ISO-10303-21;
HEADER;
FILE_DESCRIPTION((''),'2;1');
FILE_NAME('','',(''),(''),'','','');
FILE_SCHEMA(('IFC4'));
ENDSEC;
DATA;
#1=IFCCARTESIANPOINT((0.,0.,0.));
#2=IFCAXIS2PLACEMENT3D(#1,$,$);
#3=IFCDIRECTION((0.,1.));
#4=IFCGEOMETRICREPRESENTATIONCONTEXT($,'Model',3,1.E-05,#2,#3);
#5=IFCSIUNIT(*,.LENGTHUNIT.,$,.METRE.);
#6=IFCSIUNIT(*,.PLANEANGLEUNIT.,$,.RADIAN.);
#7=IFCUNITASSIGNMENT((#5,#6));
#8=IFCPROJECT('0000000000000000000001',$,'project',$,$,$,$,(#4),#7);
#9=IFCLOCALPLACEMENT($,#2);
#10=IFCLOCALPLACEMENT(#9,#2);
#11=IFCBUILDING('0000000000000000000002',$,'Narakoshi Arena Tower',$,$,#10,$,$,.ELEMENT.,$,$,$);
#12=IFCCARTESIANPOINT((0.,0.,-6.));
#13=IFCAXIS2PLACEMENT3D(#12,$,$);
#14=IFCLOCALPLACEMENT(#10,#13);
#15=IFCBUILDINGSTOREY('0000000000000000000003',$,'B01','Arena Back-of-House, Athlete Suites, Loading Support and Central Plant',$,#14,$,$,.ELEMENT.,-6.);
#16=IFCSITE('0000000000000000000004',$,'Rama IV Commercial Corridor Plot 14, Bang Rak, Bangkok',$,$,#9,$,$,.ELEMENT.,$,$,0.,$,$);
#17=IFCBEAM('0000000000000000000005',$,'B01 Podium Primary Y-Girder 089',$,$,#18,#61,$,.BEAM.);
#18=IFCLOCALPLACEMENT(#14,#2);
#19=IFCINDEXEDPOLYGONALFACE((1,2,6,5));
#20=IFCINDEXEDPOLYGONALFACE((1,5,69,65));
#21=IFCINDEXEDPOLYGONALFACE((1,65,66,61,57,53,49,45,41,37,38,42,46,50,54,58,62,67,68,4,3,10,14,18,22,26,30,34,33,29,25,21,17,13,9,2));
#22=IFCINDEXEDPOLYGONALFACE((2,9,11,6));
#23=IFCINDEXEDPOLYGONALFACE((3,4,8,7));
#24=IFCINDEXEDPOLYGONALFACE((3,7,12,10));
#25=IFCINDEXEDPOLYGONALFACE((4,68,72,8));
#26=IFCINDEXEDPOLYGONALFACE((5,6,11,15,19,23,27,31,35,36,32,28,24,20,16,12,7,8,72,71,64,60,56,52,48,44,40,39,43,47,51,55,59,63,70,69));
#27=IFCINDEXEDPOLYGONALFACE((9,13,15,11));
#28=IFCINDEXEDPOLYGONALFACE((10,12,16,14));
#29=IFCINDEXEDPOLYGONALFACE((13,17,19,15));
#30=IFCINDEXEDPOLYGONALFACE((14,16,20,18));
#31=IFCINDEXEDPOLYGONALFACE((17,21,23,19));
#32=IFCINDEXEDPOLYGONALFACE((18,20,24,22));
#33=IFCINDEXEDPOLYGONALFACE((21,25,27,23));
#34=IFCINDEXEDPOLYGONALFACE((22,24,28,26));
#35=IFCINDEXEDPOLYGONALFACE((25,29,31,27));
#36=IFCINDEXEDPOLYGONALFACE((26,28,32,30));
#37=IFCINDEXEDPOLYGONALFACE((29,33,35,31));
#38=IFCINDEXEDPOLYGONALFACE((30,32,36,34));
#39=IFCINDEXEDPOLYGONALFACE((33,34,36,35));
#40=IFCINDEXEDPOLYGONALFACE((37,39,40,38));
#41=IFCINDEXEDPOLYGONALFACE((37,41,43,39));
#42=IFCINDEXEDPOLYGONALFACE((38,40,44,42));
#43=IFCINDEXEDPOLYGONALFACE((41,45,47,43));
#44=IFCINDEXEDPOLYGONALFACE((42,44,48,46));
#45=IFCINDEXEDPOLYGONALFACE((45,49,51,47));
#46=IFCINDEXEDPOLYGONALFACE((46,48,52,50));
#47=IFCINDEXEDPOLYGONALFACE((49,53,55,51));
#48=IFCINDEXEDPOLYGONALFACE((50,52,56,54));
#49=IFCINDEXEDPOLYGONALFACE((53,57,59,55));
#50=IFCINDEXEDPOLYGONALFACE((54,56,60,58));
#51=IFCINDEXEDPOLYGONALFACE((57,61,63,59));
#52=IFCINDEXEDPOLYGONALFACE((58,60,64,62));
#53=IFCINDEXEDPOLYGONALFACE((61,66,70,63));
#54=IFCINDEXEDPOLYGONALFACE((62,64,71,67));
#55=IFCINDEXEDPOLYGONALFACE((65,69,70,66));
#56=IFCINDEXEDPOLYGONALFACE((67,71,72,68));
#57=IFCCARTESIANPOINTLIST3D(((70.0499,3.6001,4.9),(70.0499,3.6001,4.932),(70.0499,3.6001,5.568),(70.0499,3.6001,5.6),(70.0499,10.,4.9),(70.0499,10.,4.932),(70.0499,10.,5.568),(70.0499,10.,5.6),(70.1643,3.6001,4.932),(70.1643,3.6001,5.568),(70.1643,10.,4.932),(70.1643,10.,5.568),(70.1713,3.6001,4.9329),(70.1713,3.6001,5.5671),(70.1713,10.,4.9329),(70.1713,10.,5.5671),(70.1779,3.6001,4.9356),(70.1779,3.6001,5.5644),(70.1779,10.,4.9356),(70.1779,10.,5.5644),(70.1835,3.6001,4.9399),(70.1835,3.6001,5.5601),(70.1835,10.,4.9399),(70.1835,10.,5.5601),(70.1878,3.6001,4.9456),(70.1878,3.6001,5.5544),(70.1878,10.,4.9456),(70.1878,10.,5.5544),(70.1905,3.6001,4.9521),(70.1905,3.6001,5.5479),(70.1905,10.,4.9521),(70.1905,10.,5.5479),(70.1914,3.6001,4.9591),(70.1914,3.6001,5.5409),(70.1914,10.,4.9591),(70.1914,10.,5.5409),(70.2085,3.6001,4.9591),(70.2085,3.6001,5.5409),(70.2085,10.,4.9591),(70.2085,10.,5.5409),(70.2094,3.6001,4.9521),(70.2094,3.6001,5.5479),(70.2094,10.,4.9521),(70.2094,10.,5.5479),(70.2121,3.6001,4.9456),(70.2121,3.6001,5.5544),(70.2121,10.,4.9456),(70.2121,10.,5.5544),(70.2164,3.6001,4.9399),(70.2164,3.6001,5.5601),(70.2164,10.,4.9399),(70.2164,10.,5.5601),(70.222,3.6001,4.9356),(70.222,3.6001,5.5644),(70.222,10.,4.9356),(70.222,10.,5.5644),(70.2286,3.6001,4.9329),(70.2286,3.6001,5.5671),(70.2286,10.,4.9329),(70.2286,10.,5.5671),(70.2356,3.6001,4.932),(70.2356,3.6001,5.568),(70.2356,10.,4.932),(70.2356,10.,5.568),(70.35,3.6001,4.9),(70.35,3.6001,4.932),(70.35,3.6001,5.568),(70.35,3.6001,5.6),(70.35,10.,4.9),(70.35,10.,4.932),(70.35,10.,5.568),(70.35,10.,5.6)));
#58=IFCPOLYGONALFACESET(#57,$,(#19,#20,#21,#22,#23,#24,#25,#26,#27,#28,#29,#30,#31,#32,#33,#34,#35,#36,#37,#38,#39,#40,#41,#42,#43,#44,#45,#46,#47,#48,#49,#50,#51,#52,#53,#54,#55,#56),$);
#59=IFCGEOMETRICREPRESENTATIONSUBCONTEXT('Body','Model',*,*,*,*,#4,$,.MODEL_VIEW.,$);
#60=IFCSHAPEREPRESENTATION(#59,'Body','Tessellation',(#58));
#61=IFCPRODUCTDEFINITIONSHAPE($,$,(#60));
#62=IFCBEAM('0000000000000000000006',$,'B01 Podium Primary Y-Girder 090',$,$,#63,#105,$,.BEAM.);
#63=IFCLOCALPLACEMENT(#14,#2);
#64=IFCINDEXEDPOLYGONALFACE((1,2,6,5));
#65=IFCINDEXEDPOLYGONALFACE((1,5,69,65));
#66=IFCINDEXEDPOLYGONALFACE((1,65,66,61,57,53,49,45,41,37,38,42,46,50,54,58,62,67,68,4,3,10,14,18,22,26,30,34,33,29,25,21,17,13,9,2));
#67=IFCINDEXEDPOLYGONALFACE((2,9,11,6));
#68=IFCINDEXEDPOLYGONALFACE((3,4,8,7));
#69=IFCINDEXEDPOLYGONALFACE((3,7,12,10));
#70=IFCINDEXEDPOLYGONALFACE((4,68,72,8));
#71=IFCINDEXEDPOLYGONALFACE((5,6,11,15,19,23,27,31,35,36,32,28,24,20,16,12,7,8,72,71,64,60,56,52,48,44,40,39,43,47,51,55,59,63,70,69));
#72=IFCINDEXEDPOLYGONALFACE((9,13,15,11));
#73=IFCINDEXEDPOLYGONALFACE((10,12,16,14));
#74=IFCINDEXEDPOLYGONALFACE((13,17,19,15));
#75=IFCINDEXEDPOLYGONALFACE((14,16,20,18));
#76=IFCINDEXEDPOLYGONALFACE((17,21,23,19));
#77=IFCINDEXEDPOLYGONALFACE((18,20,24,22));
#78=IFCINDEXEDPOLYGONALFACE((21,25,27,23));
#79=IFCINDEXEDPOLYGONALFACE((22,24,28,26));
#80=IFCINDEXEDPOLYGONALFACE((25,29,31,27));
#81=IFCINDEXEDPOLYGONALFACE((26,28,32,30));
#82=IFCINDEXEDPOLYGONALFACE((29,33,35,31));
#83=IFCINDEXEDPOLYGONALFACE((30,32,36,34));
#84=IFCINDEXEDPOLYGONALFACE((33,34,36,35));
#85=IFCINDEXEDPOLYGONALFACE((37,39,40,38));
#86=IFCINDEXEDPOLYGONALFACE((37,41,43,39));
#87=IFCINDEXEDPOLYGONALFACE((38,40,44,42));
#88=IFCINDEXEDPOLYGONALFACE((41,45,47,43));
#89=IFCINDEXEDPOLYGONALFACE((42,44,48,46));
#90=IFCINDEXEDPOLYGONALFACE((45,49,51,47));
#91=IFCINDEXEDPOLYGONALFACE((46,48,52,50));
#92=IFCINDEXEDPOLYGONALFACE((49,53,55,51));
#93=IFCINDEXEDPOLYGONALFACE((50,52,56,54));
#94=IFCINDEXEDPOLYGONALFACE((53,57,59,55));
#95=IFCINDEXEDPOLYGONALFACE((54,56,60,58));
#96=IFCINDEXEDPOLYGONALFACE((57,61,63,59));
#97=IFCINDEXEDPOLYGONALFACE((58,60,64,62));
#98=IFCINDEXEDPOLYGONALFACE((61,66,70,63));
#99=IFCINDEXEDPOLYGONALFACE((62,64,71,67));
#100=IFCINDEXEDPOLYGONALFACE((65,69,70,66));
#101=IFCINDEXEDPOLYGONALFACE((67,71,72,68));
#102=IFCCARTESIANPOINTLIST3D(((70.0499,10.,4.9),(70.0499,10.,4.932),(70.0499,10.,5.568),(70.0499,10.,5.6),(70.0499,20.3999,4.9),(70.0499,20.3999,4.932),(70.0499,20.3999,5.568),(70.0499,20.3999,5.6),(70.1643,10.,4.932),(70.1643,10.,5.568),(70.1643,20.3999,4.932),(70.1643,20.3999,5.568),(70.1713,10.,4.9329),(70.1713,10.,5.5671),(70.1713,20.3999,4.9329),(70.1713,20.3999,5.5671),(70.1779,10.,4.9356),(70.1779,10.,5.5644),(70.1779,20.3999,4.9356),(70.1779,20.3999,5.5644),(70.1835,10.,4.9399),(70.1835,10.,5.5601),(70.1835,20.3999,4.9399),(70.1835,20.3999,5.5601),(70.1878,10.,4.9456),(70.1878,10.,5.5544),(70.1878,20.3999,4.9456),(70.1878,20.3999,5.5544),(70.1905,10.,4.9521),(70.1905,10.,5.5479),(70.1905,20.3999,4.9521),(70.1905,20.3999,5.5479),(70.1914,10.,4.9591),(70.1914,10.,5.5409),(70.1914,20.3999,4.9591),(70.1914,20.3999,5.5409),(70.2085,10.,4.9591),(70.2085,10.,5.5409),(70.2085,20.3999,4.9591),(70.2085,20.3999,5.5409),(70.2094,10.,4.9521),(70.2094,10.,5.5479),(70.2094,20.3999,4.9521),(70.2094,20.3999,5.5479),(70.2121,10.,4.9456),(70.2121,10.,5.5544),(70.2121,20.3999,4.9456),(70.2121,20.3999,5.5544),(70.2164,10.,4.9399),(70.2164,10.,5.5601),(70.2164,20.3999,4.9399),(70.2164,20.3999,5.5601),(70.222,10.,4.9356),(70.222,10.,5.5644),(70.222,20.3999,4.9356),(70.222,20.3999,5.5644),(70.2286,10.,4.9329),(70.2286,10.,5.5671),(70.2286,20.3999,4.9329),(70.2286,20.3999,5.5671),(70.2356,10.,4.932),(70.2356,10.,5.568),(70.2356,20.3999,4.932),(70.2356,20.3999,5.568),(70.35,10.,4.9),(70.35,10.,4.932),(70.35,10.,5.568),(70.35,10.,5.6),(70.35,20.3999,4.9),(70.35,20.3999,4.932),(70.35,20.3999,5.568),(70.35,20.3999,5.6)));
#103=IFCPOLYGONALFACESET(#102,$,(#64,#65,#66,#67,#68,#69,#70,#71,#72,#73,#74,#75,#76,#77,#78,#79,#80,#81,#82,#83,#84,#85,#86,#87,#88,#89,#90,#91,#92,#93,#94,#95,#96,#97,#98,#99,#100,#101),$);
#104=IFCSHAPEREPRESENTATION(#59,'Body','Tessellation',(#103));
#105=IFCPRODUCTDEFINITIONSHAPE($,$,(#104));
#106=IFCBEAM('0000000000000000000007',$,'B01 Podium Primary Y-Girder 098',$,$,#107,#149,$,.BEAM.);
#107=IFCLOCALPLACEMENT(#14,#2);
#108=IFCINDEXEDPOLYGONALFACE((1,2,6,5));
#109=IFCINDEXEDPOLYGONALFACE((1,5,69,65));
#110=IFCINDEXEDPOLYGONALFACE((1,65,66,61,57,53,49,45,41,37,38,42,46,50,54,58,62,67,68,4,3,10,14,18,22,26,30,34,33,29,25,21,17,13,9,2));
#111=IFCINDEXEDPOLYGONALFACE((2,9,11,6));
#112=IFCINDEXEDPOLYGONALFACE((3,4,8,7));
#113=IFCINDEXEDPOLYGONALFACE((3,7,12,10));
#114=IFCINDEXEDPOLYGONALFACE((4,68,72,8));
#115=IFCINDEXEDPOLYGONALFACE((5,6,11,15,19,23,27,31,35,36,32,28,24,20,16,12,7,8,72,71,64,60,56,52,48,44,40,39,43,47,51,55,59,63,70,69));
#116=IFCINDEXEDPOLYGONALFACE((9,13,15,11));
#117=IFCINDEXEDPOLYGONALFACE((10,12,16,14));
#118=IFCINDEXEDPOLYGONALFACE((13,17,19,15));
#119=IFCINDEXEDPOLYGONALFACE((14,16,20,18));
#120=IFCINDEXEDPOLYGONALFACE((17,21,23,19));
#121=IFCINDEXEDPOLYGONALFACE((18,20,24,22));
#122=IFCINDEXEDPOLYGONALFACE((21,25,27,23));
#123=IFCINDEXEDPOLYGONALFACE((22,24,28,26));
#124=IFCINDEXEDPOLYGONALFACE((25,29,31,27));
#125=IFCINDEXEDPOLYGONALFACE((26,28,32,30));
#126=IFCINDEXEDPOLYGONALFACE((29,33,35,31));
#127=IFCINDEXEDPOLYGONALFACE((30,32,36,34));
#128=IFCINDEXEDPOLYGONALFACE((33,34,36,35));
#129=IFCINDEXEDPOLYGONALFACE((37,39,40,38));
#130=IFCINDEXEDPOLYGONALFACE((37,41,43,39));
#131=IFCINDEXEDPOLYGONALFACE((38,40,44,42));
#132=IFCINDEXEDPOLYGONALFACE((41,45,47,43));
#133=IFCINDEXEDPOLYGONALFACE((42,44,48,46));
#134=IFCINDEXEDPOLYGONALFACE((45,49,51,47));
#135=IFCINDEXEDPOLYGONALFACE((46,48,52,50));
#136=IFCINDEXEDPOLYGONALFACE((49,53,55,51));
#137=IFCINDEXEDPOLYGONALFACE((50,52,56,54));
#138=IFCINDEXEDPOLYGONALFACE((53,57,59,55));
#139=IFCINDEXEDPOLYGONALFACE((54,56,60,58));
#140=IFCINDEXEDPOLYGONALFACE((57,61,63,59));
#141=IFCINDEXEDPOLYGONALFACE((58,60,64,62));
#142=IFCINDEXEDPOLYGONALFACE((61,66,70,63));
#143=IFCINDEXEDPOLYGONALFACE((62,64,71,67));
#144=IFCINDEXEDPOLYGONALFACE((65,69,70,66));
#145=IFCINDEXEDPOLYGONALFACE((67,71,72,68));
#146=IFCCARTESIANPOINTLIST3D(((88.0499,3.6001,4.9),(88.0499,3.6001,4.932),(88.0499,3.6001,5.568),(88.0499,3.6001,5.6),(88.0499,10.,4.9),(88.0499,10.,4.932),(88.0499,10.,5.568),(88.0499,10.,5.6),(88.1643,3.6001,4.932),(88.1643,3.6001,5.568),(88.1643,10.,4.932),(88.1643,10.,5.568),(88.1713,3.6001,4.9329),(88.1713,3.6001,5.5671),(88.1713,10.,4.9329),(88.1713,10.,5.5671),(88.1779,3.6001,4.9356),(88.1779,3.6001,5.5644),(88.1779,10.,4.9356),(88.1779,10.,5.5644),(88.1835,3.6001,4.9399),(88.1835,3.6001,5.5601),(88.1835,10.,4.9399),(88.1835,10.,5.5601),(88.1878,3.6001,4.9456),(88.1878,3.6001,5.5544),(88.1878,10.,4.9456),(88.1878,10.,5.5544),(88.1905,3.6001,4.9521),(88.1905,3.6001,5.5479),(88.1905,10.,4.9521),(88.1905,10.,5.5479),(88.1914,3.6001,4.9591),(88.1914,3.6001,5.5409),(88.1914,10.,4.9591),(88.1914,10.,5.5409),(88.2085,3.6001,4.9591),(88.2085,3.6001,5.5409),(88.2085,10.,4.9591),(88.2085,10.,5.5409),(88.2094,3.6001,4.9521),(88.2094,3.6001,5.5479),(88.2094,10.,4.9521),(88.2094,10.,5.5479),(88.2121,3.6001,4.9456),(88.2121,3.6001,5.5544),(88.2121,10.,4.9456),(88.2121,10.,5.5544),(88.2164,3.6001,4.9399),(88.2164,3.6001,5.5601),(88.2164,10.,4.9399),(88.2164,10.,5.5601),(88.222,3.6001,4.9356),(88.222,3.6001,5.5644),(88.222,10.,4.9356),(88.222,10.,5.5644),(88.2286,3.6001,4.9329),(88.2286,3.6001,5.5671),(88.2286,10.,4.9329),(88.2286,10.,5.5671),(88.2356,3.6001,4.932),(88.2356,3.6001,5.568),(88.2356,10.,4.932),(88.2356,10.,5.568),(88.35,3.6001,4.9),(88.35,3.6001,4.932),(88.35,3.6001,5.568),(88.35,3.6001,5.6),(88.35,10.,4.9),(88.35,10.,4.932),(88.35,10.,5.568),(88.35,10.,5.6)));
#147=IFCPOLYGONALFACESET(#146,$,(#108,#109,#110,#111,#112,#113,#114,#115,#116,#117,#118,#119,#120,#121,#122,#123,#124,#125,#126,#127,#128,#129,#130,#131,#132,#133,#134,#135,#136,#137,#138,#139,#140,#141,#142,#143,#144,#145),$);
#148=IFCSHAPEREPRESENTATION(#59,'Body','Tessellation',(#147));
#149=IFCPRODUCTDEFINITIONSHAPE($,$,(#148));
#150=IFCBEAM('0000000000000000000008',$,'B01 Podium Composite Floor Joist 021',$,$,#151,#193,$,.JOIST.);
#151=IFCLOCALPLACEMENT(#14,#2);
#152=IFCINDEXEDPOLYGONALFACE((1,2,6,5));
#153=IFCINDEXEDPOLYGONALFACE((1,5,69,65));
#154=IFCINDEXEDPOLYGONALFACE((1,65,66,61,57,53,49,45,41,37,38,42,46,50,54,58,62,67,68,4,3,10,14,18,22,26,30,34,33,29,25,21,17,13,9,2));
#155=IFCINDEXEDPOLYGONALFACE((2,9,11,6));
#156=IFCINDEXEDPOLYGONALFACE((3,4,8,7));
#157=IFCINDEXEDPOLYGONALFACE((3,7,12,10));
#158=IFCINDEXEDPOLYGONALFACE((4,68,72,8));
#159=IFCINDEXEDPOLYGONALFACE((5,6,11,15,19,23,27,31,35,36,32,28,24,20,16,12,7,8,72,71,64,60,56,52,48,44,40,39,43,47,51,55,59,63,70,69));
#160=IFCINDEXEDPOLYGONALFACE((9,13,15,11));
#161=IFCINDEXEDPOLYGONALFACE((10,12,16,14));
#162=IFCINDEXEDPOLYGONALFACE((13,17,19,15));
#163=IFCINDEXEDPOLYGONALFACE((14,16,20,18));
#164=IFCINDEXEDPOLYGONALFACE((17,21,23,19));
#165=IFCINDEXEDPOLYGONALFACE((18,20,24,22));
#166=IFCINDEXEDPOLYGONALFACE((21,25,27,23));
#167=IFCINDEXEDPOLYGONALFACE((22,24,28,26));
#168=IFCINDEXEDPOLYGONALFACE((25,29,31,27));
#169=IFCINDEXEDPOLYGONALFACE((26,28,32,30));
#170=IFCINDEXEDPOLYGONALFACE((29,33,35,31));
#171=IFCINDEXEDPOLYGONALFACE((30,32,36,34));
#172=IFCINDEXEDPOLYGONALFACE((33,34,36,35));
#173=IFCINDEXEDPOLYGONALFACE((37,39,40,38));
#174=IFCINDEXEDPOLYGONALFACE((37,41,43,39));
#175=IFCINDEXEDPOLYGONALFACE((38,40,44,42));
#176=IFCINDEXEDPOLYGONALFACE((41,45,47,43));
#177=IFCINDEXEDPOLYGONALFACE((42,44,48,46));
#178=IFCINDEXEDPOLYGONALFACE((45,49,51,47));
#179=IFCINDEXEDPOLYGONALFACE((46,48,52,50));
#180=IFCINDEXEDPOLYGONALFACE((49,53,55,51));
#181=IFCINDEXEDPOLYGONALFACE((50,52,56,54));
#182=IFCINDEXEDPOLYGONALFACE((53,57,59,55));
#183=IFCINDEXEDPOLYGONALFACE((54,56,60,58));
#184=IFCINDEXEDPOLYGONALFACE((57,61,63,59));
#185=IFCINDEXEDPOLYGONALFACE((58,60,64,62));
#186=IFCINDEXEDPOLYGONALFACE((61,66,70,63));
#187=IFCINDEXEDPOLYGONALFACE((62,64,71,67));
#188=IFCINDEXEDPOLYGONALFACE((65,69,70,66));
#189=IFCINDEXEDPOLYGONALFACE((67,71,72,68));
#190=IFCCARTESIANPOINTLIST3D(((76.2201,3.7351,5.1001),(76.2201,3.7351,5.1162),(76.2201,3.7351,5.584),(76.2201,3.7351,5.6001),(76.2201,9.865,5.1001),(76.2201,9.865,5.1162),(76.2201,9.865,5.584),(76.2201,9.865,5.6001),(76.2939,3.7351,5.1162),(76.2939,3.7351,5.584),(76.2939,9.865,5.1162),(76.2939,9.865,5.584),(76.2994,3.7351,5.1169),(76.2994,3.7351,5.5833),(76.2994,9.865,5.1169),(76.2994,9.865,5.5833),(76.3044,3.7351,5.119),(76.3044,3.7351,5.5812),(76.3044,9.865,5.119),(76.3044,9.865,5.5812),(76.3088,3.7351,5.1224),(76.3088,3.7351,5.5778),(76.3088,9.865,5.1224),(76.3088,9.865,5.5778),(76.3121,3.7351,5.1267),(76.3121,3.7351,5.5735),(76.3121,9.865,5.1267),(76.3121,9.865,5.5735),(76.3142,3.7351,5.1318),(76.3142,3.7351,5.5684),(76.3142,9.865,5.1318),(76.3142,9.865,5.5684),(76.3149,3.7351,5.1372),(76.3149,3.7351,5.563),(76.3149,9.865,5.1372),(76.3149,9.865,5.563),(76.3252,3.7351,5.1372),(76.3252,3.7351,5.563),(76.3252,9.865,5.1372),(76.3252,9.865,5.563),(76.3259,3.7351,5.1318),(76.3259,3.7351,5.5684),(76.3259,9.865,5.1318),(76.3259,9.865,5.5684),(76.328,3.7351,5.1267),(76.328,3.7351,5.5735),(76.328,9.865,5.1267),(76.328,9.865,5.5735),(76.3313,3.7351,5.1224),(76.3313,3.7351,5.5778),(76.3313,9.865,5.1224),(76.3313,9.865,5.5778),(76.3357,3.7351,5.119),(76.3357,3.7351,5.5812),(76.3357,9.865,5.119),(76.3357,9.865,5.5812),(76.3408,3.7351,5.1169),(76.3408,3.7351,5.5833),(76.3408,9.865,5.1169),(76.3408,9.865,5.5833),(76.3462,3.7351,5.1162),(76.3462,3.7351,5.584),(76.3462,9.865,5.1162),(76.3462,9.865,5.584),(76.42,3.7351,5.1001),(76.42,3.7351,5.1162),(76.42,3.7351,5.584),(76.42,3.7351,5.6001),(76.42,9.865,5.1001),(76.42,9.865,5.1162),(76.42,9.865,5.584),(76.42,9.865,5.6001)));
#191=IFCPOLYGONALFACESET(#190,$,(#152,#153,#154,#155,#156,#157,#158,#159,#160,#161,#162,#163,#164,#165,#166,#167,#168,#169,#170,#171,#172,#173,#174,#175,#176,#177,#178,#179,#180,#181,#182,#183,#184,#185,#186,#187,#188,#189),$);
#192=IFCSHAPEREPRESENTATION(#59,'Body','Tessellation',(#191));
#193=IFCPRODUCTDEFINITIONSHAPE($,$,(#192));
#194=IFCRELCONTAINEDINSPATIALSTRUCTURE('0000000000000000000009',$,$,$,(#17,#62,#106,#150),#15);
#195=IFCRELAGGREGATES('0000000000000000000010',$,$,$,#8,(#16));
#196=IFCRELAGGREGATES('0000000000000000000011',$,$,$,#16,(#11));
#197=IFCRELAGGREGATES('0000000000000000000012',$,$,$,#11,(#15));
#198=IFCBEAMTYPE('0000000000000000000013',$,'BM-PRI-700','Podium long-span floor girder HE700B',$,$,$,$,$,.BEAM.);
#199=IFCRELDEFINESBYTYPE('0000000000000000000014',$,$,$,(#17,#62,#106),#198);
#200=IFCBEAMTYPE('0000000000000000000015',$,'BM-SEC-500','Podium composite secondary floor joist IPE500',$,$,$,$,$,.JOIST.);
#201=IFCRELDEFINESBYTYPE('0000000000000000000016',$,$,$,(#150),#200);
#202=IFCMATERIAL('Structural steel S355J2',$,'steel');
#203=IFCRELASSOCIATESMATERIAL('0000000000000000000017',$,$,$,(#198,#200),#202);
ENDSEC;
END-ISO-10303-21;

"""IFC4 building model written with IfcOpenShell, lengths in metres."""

from ifc_helpers import new_model, si_unit, direction, frame, origin, origin_2d, place, context, subcontext, project, spatial, i_section, extrude, material, material_profile, profile_set, type_object, element, save


model = new_model("IFC4")

# Units and contexts
model_context = context("Model", 3, precision=1e-05, world=origin(), true_north=direction((0.0, 1.0)))
body_context = subcontext(model_context, "Body", "Model", "MODEL_VIEW")
ifc_project = project(units=[si_unit("LENGTHUNIT", "METRE"), si_unit("PLANEANGLEUNIT", "RADIAN")], contexts=[model_context])

# Site, building, storey
site_placement = place(None, origin())
site = spatial("IfcSite", under=ifc_project, at=site_placement, Name="Rama IV Commercial Corridor Plot 14, Bang Rak, Bangkok", CompositionType="ELEMENT", RefElevation=0.0)
building_placement = place(site_placement, origin())
building = spatial("IfcBuilding", under=site, at=building_placement, Name="Narakoshi Arena Tower", CompositionType="ELEMENT")
storey_placement = place(building_placement, frame((0.0, 0.0, -6.0)))
storey = spatial("IfcBuildingStorey", under=building, at=storey_placement, Name="B01", Description="Arena Back-of-House, Athlete Suites, Loading Support and Central Plant", CompositionType="ELEMENT", Elevation=-6.0)

# Shared definitions
ifc_material_1 = material(Name="Structural steel S355J2", Category="steel")

# Beams
ifc_material_profile_1 = material_profile(ifc_material_1, i_section(OverallWidth=0.3, OverallDepth=0.7, WebThickness=0.0171, FlangeThickness=0.032, FilletRadius=0.0271, at=origin_2d()), Name="HE700B")
ifc_profile_set_1 = profile_set([ifc_material_profile_1], Name="Structural steel S355J2")
beam_type_1 = type_object("IfcBeamType", Name="BM-PRI-700", Description="Podium long-span floor girder HE700B", PredefinedType="BEAM", material=ifc_profile_set_1)
beam_1_placement = place(storey_placement, frame((70.2, 3.6001, 5.25), z_axis=(0.0, 1.0, 0.0), x_axis=(-1.0, 0.0, 0.0)))
element("IfcBeam", 1, at=beam_1_placement, inside=storey, type_object=beam_type_1, Name="B01 Podium Primary Y-Girder 089", PredefinedType="BEAM", context=body_context, shape_type="SweptSolid", body=[
    extrude(i_section(OverallWidth=0.3, OverallDepth=0.7, WebThickness=0.0171, FlangeThickness=0.032, FilletRadius=0.0271, at=origin_2d()), origin(), (0.0, 0.0, 1.0), 6.3999),
])
beam_2_placement = place(storey_placement, frame((70.2, 10.0, 5.25), z_axis=(0.0, 1.0, 0.0), x_axis=(-1.0, 0.0, 0.0)))
element("IfcBeam", 2, at=beam_2_placement, inside=storey, type_object=beam_type_1, Name="B01 Podium Primary Y-Girder 090", PredefinedType="BEAM", context=body_context, shape_type="SweptSolid", body=[
    extrude(i_section(OverallWidth=0.3, OverallDepth=0.7, WebThickness=0.0171, FlangeThickness=0.032, FilletRadius=0.0271, at=origin_2d()), origin(), (0.0, 0.0, 1.0), 10.3999),
])
beam_3_placement = place(storey_placement, frame((88.2, 3.6001, 5.25), z_axis=(0.0, 1.0, 0.0), x_axis=(-1.0, 0.0, 0.0)))
element("IfcBeam", 3, at=beam_3_placement, inside=storey, type_object=beam_type_1, Name="B01 Podium Primary Y-Girder 098", PredefinedType="BEAM", context=body_context, shape_type="SweptSolid", body=[
    extrude(i_section(OverallWidth=0.3, OverallDepth=0.7, WebThickness=0.0171, FlangeThickness=0.032, FilletRadius=0.0271, at=origin_2d()), origin(), (0.0, 0.0, 1.0), 6.3999),
])
ifc_material_profile_2 = material_profile(ifc_material_1, i_section(OverallWidth=0.2, OverallDepth=0.5, WebThickness=0.0103, FlangeThickness=0.0161, FilletRadius=0.021, at=origin_2d()), Name="IPE500")
ifc_profile_set_2 = profile_set([ifc_material_profile_2], Name="Structural steel S355J2")
beam_type_2 = type_object("IfcBeamType", Name="BM-SEC-500", Description="Podium composite secondary floor joist IPE500", PredefinedType="JOIST", material=ifc_profile_set_2)
beam_4_placement = place(storey_placement, frame((76.3201, 3.7351, 5.3501), z_axis=(0.0, 1.0, 0.0), x_axis=(-1.0, 0.0, 0.0)))
element("IfcBeam", 4, at=beam_4_placement, inside=storey, type_object=beam_type_2, Name="B01 Podium Composite Floor Joist 021", PredefinedType="JOIST", context=body_context, shape_type="SweptSolid", body=[
    extrude(i_section(OverallWidth=0.2, OverallDepth=0.5, WebThickness=0.0103, FlangeThickness=0.0161, FilletRadius=0.021, at=origin_2d()), origin(), (0.0, 0.0, 1.0), 6.1299),
])

save(model, "model.ifc")
